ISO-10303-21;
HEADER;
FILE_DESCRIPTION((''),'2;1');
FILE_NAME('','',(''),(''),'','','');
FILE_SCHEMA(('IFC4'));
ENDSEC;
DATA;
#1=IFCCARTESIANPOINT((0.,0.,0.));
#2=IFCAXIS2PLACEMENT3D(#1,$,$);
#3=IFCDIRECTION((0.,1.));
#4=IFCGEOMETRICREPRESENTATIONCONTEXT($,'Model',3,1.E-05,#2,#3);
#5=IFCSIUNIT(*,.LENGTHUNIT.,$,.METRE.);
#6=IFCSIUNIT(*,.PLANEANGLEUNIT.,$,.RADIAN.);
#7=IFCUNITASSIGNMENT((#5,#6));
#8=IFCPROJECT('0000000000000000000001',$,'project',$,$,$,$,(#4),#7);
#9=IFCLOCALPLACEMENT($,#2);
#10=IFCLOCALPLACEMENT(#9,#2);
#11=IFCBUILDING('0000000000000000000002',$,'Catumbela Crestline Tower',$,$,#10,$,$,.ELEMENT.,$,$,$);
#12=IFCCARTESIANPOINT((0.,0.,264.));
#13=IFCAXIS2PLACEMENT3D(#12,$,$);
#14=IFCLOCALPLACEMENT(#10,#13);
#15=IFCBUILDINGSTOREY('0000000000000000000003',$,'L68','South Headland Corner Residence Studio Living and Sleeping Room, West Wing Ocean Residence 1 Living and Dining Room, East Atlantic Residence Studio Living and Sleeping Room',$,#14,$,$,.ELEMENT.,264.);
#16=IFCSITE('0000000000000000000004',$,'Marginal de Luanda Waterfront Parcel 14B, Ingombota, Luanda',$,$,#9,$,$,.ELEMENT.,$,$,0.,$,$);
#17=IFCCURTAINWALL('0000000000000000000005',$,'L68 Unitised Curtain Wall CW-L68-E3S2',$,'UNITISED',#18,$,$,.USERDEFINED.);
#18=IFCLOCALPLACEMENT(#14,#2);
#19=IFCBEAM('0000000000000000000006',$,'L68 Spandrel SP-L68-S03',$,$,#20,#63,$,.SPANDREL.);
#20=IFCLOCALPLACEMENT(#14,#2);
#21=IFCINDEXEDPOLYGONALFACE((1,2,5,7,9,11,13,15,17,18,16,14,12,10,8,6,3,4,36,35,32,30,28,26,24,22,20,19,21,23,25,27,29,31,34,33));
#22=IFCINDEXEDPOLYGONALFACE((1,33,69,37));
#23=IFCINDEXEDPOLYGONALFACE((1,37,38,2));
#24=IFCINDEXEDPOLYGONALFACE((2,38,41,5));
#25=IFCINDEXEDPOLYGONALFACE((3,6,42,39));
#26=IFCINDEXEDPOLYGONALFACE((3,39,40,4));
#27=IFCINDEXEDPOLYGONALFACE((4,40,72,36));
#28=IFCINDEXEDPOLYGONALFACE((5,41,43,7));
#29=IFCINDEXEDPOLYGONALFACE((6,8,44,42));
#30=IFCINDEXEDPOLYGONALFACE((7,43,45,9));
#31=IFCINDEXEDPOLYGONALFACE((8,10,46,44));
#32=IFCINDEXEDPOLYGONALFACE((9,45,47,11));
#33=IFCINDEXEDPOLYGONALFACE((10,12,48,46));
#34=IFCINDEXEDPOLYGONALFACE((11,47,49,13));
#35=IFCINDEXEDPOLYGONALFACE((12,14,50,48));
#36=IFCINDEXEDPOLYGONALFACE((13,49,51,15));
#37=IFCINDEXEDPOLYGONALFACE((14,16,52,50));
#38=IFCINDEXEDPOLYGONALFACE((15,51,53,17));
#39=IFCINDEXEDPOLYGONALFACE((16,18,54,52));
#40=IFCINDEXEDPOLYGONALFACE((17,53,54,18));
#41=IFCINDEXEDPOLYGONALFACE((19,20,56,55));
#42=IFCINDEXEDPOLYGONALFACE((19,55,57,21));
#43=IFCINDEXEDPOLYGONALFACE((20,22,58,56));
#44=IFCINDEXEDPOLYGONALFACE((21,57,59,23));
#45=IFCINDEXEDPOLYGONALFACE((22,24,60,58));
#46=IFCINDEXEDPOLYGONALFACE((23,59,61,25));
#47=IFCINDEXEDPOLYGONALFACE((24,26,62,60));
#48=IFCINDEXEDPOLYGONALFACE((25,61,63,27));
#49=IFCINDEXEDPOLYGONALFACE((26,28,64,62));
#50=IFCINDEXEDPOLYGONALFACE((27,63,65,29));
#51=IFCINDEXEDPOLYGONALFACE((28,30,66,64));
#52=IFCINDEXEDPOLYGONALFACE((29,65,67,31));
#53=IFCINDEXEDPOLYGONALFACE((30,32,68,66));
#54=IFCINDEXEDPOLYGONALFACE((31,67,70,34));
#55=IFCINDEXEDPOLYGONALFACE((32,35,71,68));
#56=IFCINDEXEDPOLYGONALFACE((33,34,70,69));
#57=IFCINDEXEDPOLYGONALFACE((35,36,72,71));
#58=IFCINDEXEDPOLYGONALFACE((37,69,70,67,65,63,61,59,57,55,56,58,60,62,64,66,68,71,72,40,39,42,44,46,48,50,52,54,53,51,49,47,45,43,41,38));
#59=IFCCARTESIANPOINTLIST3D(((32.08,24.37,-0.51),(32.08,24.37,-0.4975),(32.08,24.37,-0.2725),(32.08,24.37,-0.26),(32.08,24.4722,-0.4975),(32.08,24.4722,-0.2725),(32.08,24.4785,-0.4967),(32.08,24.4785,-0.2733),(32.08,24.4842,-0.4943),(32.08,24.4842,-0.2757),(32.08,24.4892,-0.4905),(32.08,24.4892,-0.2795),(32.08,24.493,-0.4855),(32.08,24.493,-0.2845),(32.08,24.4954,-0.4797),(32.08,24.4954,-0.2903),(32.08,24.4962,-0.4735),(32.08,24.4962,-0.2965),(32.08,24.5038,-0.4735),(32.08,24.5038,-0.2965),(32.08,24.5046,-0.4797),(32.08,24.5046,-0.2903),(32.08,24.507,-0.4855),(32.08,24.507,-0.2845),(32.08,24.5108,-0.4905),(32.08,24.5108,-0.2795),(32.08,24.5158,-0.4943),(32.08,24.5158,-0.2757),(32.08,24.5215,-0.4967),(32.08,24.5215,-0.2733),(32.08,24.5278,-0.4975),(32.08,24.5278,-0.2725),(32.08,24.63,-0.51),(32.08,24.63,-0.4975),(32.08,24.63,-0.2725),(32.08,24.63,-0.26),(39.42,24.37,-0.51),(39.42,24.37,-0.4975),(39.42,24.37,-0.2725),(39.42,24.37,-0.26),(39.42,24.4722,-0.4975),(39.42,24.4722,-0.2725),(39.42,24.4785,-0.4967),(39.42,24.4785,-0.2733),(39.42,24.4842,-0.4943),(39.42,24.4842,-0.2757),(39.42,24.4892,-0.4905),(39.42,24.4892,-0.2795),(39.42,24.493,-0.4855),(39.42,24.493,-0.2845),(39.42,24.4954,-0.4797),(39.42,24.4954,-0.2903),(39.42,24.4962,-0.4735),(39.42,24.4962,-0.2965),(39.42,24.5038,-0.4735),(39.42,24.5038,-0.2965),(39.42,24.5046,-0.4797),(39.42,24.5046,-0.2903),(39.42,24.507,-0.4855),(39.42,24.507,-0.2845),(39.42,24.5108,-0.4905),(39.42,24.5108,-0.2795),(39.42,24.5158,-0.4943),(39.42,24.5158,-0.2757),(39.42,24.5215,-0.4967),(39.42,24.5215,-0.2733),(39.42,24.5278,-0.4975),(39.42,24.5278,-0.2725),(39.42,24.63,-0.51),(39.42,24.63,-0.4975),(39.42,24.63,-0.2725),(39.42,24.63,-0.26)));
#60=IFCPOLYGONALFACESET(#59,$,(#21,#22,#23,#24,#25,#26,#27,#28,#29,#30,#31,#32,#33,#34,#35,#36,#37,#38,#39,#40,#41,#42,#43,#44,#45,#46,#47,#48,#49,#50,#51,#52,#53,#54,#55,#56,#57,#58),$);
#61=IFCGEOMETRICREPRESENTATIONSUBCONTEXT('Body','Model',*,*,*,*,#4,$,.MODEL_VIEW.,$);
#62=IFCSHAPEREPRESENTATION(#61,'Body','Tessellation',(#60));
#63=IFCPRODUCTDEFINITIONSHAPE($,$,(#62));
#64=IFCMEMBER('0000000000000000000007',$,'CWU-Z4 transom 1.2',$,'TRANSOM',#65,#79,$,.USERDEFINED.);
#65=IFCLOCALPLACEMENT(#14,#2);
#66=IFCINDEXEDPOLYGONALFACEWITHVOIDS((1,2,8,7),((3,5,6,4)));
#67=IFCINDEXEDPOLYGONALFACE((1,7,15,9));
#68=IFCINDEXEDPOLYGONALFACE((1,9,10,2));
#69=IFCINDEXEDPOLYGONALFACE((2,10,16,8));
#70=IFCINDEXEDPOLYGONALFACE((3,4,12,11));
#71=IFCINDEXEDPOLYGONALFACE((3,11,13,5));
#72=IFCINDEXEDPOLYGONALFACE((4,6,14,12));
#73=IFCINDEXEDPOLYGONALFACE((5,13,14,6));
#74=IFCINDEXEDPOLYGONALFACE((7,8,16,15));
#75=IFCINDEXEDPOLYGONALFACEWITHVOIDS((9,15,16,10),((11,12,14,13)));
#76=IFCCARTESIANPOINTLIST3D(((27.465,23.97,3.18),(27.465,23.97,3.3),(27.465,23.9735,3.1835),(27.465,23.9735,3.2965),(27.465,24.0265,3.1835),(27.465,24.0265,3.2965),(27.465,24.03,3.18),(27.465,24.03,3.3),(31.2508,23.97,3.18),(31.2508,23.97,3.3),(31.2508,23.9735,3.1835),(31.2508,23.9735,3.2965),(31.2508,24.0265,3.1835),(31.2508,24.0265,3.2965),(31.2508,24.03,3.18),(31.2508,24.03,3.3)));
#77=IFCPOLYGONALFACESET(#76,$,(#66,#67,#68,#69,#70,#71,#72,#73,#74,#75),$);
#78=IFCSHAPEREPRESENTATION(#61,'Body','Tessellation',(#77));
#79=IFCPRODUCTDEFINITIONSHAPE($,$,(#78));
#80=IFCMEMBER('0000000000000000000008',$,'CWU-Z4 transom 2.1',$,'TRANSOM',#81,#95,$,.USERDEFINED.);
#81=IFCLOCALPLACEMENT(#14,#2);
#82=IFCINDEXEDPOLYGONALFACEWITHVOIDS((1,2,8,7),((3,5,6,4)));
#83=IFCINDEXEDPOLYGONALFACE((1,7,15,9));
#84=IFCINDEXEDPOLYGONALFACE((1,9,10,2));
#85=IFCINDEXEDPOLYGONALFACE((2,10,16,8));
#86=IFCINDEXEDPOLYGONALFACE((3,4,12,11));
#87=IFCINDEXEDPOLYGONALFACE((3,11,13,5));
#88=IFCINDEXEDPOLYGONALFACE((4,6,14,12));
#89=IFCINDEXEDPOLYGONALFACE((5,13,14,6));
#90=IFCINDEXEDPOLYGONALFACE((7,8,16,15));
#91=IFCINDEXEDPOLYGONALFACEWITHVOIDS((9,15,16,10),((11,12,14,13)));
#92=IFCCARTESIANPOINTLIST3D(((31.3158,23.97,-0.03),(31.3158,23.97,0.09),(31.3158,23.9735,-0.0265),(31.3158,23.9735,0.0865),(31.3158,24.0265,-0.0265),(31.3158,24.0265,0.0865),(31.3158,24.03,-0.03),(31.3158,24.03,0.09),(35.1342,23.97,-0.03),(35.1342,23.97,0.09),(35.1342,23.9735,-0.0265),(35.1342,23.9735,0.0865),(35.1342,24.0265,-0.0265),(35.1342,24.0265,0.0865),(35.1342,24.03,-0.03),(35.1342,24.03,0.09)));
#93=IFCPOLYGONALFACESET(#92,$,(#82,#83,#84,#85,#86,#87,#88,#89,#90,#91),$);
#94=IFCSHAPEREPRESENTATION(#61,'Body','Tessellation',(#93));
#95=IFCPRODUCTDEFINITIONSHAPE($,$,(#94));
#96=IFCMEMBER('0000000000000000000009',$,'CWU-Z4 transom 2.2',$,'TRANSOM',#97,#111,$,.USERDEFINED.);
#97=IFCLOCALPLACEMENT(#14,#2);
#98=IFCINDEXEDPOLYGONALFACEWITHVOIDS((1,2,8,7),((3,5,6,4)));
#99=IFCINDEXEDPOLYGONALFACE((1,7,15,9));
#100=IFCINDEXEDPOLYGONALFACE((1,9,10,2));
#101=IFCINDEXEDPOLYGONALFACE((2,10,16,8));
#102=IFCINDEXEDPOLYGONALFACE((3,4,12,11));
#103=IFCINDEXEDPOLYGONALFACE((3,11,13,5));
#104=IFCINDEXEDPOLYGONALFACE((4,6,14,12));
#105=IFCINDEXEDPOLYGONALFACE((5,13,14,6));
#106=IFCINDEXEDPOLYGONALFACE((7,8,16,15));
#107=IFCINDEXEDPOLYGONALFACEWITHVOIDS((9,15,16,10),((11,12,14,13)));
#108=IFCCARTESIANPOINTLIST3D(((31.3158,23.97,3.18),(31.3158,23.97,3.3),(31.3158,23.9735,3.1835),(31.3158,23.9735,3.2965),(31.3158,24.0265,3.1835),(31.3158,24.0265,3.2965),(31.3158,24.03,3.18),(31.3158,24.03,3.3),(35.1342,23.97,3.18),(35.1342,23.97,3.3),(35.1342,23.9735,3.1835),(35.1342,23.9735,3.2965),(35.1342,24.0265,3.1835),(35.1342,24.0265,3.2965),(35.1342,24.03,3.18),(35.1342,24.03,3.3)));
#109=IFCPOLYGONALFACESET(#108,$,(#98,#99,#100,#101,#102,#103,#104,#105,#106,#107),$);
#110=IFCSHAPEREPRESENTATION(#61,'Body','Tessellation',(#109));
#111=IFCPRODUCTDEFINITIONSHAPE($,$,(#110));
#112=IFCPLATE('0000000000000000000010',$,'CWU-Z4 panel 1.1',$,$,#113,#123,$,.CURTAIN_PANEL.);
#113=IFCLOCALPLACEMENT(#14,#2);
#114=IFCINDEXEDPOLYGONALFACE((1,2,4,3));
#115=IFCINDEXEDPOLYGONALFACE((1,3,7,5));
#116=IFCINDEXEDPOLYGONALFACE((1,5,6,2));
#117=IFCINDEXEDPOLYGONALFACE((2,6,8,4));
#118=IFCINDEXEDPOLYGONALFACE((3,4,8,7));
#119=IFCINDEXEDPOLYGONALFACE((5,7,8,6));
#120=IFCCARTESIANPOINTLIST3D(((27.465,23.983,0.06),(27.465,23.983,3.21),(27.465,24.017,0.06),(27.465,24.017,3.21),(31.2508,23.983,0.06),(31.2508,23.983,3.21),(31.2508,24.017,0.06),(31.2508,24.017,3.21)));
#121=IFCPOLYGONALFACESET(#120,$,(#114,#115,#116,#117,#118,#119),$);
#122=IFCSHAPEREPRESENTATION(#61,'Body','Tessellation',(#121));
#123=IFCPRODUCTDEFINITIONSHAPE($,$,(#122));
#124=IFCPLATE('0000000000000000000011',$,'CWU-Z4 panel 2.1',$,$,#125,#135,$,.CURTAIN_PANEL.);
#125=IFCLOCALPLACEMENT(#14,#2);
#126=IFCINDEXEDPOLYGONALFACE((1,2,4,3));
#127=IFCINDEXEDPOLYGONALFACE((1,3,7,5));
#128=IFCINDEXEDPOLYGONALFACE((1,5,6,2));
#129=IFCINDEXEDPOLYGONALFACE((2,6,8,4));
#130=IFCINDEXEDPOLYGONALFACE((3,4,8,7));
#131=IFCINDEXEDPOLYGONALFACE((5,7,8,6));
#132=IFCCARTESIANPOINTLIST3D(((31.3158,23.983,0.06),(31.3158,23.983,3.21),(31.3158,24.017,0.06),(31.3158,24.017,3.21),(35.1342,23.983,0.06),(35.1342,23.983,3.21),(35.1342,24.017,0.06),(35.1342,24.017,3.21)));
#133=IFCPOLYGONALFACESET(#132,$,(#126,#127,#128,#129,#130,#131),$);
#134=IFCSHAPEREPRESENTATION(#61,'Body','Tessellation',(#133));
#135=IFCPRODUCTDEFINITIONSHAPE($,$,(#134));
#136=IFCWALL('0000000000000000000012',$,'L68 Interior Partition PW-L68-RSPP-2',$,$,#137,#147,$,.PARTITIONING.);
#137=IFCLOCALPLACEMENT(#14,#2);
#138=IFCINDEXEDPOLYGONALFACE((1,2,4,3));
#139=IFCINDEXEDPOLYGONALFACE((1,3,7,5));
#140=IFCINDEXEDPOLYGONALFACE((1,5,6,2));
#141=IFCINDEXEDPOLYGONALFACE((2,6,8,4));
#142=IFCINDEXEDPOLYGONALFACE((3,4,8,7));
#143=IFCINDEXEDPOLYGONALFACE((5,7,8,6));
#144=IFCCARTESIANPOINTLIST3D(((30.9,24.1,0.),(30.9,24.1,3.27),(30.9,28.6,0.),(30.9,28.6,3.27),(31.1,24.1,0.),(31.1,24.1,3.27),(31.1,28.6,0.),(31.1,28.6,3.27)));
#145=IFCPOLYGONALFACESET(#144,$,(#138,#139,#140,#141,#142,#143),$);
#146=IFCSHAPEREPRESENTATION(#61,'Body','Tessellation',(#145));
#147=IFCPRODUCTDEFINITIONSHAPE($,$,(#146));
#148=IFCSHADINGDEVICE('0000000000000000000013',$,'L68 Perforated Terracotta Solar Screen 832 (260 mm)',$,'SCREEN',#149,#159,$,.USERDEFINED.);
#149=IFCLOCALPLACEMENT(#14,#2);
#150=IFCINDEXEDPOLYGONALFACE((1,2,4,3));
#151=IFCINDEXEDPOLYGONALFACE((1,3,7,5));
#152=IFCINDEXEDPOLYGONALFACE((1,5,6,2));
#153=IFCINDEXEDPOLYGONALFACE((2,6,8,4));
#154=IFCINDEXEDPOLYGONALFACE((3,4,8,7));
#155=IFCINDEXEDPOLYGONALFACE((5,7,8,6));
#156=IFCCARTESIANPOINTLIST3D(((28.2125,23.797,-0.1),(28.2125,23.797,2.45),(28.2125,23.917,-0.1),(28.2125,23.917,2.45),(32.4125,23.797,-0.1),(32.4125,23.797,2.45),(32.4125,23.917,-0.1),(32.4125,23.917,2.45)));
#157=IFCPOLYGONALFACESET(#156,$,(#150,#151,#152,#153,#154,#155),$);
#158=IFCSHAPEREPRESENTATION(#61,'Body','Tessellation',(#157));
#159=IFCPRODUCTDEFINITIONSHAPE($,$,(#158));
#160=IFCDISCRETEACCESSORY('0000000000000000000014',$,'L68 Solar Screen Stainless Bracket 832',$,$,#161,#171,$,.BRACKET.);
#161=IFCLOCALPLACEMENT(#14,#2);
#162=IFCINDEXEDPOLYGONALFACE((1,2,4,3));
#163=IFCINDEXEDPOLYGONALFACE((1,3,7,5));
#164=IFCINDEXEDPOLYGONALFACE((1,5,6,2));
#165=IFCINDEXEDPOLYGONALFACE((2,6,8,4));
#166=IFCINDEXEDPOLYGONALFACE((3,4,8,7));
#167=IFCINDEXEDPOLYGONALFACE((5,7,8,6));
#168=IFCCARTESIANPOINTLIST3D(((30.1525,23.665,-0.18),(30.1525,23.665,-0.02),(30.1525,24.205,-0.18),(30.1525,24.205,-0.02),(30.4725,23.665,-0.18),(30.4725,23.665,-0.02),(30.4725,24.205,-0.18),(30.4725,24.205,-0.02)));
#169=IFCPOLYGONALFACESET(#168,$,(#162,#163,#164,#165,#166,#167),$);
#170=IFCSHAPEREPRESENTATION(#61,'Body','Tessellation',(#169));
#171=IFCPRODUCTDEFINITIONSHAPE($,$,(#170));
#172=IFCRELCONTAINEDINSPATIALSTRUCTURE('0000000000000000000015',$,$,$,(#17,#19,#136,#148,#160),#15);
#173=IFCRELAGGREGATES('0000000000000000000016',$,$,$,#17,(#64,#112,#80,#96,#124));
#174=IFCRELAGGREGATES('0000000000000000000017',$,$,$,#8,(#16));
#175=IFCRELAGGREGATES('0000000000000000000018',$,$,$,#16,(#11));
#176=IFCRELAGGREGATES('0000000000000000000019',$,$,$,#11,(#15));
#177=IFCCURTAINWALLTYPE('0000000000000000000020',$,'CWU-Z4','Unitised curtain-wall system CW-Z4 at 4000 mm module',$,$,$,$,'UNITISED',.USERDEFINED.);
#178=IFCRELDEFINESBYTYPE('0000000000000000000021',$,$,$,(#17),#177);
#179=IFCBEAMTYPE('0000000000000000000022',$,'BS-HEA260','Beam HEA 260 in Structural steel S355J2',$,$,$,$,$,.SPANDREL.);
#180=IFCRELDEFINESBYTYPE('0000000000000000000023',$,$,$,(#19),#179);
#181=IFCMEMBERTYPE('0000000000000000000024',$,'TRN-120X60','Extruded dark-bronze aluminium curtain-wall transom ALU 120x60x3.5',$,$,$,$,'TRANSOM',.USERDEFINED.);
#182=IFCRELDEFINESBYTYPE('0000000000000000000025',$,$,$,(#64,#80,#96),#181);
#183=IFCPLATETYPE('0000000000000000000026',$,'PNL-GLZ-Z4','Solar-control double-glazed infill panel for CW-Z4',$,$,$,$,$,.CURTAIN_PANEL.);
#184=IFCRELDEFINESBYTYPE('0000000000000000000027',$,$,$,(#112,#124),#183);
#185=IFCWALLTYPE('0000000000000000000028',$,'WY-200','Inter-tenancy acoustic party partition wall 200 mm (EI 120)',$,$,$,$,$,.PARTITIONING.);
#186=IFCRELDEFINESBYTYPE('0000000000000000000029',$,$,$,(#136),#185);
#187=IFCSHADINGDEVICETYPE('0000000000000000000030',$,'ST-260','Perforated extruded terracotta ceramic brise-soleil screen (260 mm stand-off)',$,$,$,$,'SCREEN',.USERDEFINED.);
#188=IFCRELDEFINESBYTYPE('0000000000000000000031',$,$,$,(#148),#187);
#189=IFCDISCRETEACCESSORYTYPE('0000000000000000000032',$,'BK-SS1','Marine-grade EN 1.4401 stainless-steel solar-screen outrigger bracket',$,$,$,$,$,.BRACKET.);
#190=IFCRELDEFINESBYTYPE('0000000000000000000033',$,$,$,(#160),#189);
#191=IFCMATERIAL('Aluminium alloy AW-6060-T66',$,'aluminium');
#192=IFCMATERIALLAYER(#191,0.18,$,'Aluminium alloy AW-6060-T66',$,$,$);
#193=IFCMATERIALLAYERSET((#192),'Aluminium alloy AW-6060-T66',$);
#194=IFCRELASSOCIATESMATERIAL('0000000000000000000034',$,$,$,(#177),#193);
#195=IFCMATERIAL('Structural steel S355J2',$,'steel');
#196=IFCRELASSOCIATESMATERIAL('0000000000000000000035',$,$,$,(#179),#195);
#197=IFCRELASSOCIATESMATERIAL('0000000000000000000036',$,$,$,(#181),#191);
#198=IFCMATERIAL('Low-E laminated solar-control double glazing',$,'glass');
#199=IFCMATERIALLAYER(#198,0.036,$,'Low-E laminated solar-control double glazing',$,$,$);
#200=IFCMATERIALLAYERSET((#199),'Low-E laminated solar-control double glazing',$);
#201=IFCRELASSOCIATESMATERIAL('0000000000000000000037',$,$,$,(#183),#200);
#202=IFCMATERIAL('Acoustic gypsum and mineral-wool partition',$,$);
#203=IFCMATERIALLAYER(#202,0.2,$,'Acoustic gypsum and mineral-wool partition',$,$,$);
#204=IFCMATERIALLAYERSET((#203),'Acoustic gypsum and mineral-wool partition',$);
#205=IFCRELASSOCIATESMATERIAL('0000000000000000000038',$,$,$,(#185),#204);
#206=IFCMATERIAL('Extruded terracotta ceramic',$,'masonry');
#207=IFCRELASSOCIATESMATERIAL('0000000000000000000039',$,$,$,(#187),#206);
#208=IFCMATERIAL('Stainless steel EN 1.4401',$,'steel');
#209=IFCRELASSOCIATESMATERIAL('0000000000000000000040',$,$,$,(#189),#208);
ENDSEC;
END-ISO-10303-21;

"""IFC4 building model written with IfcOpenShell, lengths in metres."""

from ifc_helpers import new_model, si_unit, direction, frame, frame_2d, origin, origin_2d, place, context, subcontext, project, spatial, rectangle, hollow_rectangle, i_section, extrude, material, layer, layer_set, material_profile, profile_set, type_object, element, aggregate, save


model = new_model("IFC4")

# Units and contexts
model_context = context("Model", 3, precision=1e-05, world=origin(), true_north=direction((0.0, 1.0)))
body_context = subcontext(model_context, "Body", "Model", "MODEL_VIEW")
ifc_project = project(units=[si_unit("LENGTHUNIT", "METRE"), si_unit("PLANEANGLEUNIT", "RADIAN")], contexts=[model_context])

# Site, building, storey
site_placement = place(None, origin())
site = spatial("IfcSite", under=ifc_project, at=site_placement, Name="Marginal de Luanda Waterfront Parcel 14B, Ingombota, Luanda", CompositionType="ELEMENT", RefElevation=0.0)
building_placement = place(site_placement, origin())
building = spatial("IfcBuilding", under=site, at=building_placement, Name="Catumbela Crestline Tower", CompositionType="ELEMENT")
storey_placement = place(building_placement, frame((0.0, 0.0, 264.0)))
storey = spatial("IfcBuildingStorey", under=building, at=storey_placement, Name="L68", Description="South Headland Corner Residence Studio Living and Sleeping Room, West Wing Ocean Residence 1 Living and Dining Room, East Atlantic Residence Studio Living and Sleeping Room", CompositionType="ELEMENT", Elevation=264.0)

# Shared definitions
ifc_material_1 = material(Name="Structural steel S355J2", Category="steel")

# Curtain wall
ifc_material_2 = material(Name="Aluminium alloy AW-6060-T66", Category="aluminium")
ifc_layer_1 = layer(ifc_material_2, 0.18, Name="Aluminium alloy AW-6060-T66")
ifc_layer_set_1 = layer_set([ifc_layer_1], Name="Aluminium alloy AW-6060-T66")
curtain_wall_type = type_object("IfcCurtainWallType", Name="CWU-Z4", Description="Unitised curtain-wall system CW-Z4 at 4000 mm module", ElementType="UNITISED", PredefinedType="USERDEFINED", material=ifc_layer_set_1)
curtain_wall_placement = place(storey_placement, origin())
curtain_wall = element("IfcCurtainWall", 1, at=curtain_wall_placement, inside=storey, type_object=curtain_wall_type, Name="L68 Unitised Curtain Wall CW-L68-E3S2", ObjectType="UNITISED", PredefinedType="USERDEFINED")

# Beam
ifc_material_profile_1 = material_profile(ifc_material_1, i_section(OverallWidth=0.26, OverallDepth=0.25, WebThickness=0.0075, FlangeThickness=0.0125, FilletRadius=0.024, at=origin_2d()), Name="HEA 260")
ifc_profile_set_1 = profile_set([ifc_material_profile_1], Name="Structural steel S355J2")
beam_type_1 = type_object("IfcBeamType", Name="BS-HEA260", Description="Beam HEA 260 in Structural steel S355J2", PredefinedType="SPANDREL", material=ifc_profile_set_1)
beam_1_placement = place(storey_placement, frame((32.08, 24.5, -0.385), z_axis=(1.0, 0.0, 0.0), x_axis=(0.0, 1.0, 0.0)))
element("IfcBeam", 2, at=beam_1_placement, inside=storey, type_object=beam_type_1, Name="L68 Spandrel SP-L68-S03", PredefinedType="SPANDREL", context=body_context, shape_type="SweptSolid", body=[
    extrude(i_section(OverallWidth=0.26, OverallDepth=0.25, WebThickness=0.0075, FlangeThickness=0.0125, FilletRadius=0.024, at=origin_2d()), origin(), (0.0, 0.0, 1.0), 7.34),
])

# Members
ifc_material_profile_2 = material_profile(ifc_material_2, hollow_rectangle(XDim=0.06, YDim=0.12, WallThickness=0.0035, at=origin_2d()), Name="ALU 120x60x3.5")
ifc_profile_set_2 = profile_set([ifc_material_profile_2], Name="Aluminium alloy AW-6060-T66")
member_type_1 = type_object("IfcMemberType", Name="TRN-120X60", Description="Extruded dark-bronze aluminium curtain-wall transom ALU 120x60x3.5", ElementType="TRANSOM", PredefinedType="USERDEFINED", material=ifc_profile_set_2)
member_1_placement = place(storey_placement, frame((27.465, 24.0, 3.24), z_axis=(1.0, 0.0, 0.0), x_axis=(0.0, 1.0, 0.0)))
member_1 = element("IfcMember", 3, at=member_1_placement, type_object=member_type_1, Name="CWU-Z4 transom 1.2", ObjectType="TRANSOM", PredefinedType="USERDEFINED", context=body_context, shape_type="SweptSolid", body=[
    extrude(hollow_rectangle(XDim=0.06, YDim=0.12, WallThickness=0.0035, at=origin_2d()), origin(), (0.0, 0.0, 1.0), 3.7858),
])
member_2_placement = place(storey_placement, frame((31.3158, 24.0, 0.03), z_axis=(1.0, 0.0, 0.0), x_axis=(0.0, 1.0, 0.0)))
member_2 = element("IfcMember", 4, at=member_2_placement, type_object=member_type_1, Name="CWU-Z4 transom 2.1", ObjectType="TRANSOM", PredefinedType="USERDEFINED", context=body_context, shape_type="SweptSolid", body=[
    extrude(hollow_rectangle(XDim=0.06, YDim=0.12, WallThickness=0.0035, at=origin_2d()), origin(), (0.0, 0.0, 1.0), 3.8184),
])
member_3_placement = place(storey_placement, frame((31.3158, 24.0, 3.24), z_axis=(1.0, 0.0, 0.0), x_axis=(0.0, 1.0, 0.0)))
member_3 = element("IfcMember", 5, at=member_3_placement, type_object=member_type_1, Name="CWU-Z4 transom 2.2", ObjectType="TRANSOM", PredefinedType="USERDEFINED", context=body_context, shape_type="SweptSolid", body=[
    extrude(hollow_rectangle(XDim=0.06, YDim=0.12, WallThickness=0.0035, at=origin_2d()), origin(), (0.0, 0.0, 1.0), 3.8184),
])

# Plates
ifc_material_3 = material(Name="Low-E laminated solar-control double glazing", Category="glass")
ifc_layer_2 = layer(ifc_material_3, 0.036, Name="Low-E laminated solar-control double glazing")
ifc_layer_set_2 = layer_set([ifc_layer_2], Name="Low-E laminated solar-control double glazing")
plate_type = type_object("IfcPlateType", Name="PNL-GLZ-Z4", Description="Solar-control double-glazed infill panel for CW-Z4", PredefinedType="CURTAIN_PANEL", material=ifc_layer_set_2)
plate_1_placement = place(storey_placement, frame((29.3579, 24.0, 0.06), z_axis=(0.0, 0.0, 1.0), x_axis=(1.0, 0.0, 0.0)))
plate_1 = element("IfcPlate", 6, at=plate_1_placement, type_object=plate_type, Name="CWU-Z4 panel 1.1", PredefinedType="CURTAIN_PANEL", context=body_context, shape_type="SweptSolid", body=[
    extrude(rectangle(XDim=3.7858, YDim=0.034, at=origin_2d()), origin(), (0.0, 0.0, 1.0), 3.15),
])
plate_2_placement = place(storey_placement, frame((33.225, 24.0, 0.06), z_axis=(0.0, 0.0, 1.0), x_axis=(1.0, 0.0, 0.0)))
plate_2 = element("IfcPlate", 7, at=plate_2_placement, type_object=plate_type, Name="CWU-Z4 panel 2.1", PredefinedType="CURTAIN_PANEL", context=body_context, shape_type="SweptSolid", body=[
    extrude(rectangle(XDim=3.8183, YDim=0.034, at=origin_2d()), origin(), (0.0, 0.0, 1.0), 3.15),
])
aggregate(curtain_wall, [member_1, plate_1, member_2, member_3, plate_2])

# Wall
ifc_material_4 = material(Name="Acoustic gypsum and mineral-wool partition")
ifc_layer_3 = layer(ifc_material_4, 0.2, Name="Acoustic gypsum and mineral-wool partition")
ifc_layer_set_3 = layer_set([ifc_layer_3], Name="Acoustic gypsum and mineral-wool partition")
wall_type = type_object("IfcWallType", Name="WY-200", Description="Inter-tenancy acoustic party partition wall 200 mm (EI 120)", PredefinedType="PARTITIONING", material=ifc_layer_set_3)
wall_placement = place(storey_placement, frame((31.0, 24.1, 0.0), z_axis=(0.0, 0.0, 1.0), x_axis=(0.0, 1.0, 0.0)))
element("IfcWall", 8, at=wall_placement, inside=storey, type_object=wall_type, Name="L68 Interior Partition PW-L68-RSPP-2", PredefinedType="PARTITIONING", context=body_context, shape_type="SweptSolid", body=[
    extrude(rectangle(XDim=4.5, YDim=0.2, at=frame_2d((2.25, 0.0))), origin(), (0.0, 0.0, 1.0), 3.27),
])

# Shading device
ifc_material_5 = material(Name="Extruded terracotta ceramic", Category="masonry")
shading_device_type = type_object("IfcShadingDeviceType", Name="ST-260", Description="Perforated extruded terracotta ceramic brise-soleil screen (260 mm stand-off)", ElementType="SCREEN", PredefinedType="USERDEFINED", material=ifc_material_5)
shading_device_placement = place(storey_placement, frame((30.3125, 23.857, -0.1), z_axis=(0.0, 0.0, 1.0), x_axis=(1.0, 0.0, 0.0)))
element("IfcShadingDevice", 9, at=shading_device_placement, inside=storey, type_object=shading_device_type, Name="L68 Perforated Terracotta Solar Screen 832 (260 mm)", ObjectType="SCREEN", PredefinedType="USERDEFINED", context=body_context, shape_type="SweptSolid", body=[
    extrude(rectangle(XDim=4.2, YDim=0.12, at=origin_2d()), origin(), (0.0, 0.0, 1.0), 2.55),
])

# Discrete accessory
ifc_material_6 = material(Name="Stainless steel EN 1.4401", Category="steel")
discrete_accessory_type = type_object("IfcDiscreteAccessoryType", Name="BK-SS1", Description="Marine-grade EN 1.4401 stainless-steel solar-screen outrigger bracket", PredefinedType="BRACKET", material=ifc_material_6)
discrete_accessory_placement = place(storey_placement, frame((30.3125, 23.935, -0.18), z_axis=(0.0, 0.0, 1.0), x_axis=(1.0, 0.0, 0.0)))
element("IfcDiscreteAccessory", 10, at=discrete_accessory_placement, inside=storey, type_object=discrete_accessory_type, Name="L68 Solar Screen Stainless Bracket 832", PredefinedType="BRACKET", context=body_context, shape_type="SweptSolid", body=[
    extrude(rectangle(XDim=0.32, YDim=0.54, at=origin_2d()), origin(), (0.0, 0.0, 1.0), 0.16),
])

save(model, "model.ifc")
